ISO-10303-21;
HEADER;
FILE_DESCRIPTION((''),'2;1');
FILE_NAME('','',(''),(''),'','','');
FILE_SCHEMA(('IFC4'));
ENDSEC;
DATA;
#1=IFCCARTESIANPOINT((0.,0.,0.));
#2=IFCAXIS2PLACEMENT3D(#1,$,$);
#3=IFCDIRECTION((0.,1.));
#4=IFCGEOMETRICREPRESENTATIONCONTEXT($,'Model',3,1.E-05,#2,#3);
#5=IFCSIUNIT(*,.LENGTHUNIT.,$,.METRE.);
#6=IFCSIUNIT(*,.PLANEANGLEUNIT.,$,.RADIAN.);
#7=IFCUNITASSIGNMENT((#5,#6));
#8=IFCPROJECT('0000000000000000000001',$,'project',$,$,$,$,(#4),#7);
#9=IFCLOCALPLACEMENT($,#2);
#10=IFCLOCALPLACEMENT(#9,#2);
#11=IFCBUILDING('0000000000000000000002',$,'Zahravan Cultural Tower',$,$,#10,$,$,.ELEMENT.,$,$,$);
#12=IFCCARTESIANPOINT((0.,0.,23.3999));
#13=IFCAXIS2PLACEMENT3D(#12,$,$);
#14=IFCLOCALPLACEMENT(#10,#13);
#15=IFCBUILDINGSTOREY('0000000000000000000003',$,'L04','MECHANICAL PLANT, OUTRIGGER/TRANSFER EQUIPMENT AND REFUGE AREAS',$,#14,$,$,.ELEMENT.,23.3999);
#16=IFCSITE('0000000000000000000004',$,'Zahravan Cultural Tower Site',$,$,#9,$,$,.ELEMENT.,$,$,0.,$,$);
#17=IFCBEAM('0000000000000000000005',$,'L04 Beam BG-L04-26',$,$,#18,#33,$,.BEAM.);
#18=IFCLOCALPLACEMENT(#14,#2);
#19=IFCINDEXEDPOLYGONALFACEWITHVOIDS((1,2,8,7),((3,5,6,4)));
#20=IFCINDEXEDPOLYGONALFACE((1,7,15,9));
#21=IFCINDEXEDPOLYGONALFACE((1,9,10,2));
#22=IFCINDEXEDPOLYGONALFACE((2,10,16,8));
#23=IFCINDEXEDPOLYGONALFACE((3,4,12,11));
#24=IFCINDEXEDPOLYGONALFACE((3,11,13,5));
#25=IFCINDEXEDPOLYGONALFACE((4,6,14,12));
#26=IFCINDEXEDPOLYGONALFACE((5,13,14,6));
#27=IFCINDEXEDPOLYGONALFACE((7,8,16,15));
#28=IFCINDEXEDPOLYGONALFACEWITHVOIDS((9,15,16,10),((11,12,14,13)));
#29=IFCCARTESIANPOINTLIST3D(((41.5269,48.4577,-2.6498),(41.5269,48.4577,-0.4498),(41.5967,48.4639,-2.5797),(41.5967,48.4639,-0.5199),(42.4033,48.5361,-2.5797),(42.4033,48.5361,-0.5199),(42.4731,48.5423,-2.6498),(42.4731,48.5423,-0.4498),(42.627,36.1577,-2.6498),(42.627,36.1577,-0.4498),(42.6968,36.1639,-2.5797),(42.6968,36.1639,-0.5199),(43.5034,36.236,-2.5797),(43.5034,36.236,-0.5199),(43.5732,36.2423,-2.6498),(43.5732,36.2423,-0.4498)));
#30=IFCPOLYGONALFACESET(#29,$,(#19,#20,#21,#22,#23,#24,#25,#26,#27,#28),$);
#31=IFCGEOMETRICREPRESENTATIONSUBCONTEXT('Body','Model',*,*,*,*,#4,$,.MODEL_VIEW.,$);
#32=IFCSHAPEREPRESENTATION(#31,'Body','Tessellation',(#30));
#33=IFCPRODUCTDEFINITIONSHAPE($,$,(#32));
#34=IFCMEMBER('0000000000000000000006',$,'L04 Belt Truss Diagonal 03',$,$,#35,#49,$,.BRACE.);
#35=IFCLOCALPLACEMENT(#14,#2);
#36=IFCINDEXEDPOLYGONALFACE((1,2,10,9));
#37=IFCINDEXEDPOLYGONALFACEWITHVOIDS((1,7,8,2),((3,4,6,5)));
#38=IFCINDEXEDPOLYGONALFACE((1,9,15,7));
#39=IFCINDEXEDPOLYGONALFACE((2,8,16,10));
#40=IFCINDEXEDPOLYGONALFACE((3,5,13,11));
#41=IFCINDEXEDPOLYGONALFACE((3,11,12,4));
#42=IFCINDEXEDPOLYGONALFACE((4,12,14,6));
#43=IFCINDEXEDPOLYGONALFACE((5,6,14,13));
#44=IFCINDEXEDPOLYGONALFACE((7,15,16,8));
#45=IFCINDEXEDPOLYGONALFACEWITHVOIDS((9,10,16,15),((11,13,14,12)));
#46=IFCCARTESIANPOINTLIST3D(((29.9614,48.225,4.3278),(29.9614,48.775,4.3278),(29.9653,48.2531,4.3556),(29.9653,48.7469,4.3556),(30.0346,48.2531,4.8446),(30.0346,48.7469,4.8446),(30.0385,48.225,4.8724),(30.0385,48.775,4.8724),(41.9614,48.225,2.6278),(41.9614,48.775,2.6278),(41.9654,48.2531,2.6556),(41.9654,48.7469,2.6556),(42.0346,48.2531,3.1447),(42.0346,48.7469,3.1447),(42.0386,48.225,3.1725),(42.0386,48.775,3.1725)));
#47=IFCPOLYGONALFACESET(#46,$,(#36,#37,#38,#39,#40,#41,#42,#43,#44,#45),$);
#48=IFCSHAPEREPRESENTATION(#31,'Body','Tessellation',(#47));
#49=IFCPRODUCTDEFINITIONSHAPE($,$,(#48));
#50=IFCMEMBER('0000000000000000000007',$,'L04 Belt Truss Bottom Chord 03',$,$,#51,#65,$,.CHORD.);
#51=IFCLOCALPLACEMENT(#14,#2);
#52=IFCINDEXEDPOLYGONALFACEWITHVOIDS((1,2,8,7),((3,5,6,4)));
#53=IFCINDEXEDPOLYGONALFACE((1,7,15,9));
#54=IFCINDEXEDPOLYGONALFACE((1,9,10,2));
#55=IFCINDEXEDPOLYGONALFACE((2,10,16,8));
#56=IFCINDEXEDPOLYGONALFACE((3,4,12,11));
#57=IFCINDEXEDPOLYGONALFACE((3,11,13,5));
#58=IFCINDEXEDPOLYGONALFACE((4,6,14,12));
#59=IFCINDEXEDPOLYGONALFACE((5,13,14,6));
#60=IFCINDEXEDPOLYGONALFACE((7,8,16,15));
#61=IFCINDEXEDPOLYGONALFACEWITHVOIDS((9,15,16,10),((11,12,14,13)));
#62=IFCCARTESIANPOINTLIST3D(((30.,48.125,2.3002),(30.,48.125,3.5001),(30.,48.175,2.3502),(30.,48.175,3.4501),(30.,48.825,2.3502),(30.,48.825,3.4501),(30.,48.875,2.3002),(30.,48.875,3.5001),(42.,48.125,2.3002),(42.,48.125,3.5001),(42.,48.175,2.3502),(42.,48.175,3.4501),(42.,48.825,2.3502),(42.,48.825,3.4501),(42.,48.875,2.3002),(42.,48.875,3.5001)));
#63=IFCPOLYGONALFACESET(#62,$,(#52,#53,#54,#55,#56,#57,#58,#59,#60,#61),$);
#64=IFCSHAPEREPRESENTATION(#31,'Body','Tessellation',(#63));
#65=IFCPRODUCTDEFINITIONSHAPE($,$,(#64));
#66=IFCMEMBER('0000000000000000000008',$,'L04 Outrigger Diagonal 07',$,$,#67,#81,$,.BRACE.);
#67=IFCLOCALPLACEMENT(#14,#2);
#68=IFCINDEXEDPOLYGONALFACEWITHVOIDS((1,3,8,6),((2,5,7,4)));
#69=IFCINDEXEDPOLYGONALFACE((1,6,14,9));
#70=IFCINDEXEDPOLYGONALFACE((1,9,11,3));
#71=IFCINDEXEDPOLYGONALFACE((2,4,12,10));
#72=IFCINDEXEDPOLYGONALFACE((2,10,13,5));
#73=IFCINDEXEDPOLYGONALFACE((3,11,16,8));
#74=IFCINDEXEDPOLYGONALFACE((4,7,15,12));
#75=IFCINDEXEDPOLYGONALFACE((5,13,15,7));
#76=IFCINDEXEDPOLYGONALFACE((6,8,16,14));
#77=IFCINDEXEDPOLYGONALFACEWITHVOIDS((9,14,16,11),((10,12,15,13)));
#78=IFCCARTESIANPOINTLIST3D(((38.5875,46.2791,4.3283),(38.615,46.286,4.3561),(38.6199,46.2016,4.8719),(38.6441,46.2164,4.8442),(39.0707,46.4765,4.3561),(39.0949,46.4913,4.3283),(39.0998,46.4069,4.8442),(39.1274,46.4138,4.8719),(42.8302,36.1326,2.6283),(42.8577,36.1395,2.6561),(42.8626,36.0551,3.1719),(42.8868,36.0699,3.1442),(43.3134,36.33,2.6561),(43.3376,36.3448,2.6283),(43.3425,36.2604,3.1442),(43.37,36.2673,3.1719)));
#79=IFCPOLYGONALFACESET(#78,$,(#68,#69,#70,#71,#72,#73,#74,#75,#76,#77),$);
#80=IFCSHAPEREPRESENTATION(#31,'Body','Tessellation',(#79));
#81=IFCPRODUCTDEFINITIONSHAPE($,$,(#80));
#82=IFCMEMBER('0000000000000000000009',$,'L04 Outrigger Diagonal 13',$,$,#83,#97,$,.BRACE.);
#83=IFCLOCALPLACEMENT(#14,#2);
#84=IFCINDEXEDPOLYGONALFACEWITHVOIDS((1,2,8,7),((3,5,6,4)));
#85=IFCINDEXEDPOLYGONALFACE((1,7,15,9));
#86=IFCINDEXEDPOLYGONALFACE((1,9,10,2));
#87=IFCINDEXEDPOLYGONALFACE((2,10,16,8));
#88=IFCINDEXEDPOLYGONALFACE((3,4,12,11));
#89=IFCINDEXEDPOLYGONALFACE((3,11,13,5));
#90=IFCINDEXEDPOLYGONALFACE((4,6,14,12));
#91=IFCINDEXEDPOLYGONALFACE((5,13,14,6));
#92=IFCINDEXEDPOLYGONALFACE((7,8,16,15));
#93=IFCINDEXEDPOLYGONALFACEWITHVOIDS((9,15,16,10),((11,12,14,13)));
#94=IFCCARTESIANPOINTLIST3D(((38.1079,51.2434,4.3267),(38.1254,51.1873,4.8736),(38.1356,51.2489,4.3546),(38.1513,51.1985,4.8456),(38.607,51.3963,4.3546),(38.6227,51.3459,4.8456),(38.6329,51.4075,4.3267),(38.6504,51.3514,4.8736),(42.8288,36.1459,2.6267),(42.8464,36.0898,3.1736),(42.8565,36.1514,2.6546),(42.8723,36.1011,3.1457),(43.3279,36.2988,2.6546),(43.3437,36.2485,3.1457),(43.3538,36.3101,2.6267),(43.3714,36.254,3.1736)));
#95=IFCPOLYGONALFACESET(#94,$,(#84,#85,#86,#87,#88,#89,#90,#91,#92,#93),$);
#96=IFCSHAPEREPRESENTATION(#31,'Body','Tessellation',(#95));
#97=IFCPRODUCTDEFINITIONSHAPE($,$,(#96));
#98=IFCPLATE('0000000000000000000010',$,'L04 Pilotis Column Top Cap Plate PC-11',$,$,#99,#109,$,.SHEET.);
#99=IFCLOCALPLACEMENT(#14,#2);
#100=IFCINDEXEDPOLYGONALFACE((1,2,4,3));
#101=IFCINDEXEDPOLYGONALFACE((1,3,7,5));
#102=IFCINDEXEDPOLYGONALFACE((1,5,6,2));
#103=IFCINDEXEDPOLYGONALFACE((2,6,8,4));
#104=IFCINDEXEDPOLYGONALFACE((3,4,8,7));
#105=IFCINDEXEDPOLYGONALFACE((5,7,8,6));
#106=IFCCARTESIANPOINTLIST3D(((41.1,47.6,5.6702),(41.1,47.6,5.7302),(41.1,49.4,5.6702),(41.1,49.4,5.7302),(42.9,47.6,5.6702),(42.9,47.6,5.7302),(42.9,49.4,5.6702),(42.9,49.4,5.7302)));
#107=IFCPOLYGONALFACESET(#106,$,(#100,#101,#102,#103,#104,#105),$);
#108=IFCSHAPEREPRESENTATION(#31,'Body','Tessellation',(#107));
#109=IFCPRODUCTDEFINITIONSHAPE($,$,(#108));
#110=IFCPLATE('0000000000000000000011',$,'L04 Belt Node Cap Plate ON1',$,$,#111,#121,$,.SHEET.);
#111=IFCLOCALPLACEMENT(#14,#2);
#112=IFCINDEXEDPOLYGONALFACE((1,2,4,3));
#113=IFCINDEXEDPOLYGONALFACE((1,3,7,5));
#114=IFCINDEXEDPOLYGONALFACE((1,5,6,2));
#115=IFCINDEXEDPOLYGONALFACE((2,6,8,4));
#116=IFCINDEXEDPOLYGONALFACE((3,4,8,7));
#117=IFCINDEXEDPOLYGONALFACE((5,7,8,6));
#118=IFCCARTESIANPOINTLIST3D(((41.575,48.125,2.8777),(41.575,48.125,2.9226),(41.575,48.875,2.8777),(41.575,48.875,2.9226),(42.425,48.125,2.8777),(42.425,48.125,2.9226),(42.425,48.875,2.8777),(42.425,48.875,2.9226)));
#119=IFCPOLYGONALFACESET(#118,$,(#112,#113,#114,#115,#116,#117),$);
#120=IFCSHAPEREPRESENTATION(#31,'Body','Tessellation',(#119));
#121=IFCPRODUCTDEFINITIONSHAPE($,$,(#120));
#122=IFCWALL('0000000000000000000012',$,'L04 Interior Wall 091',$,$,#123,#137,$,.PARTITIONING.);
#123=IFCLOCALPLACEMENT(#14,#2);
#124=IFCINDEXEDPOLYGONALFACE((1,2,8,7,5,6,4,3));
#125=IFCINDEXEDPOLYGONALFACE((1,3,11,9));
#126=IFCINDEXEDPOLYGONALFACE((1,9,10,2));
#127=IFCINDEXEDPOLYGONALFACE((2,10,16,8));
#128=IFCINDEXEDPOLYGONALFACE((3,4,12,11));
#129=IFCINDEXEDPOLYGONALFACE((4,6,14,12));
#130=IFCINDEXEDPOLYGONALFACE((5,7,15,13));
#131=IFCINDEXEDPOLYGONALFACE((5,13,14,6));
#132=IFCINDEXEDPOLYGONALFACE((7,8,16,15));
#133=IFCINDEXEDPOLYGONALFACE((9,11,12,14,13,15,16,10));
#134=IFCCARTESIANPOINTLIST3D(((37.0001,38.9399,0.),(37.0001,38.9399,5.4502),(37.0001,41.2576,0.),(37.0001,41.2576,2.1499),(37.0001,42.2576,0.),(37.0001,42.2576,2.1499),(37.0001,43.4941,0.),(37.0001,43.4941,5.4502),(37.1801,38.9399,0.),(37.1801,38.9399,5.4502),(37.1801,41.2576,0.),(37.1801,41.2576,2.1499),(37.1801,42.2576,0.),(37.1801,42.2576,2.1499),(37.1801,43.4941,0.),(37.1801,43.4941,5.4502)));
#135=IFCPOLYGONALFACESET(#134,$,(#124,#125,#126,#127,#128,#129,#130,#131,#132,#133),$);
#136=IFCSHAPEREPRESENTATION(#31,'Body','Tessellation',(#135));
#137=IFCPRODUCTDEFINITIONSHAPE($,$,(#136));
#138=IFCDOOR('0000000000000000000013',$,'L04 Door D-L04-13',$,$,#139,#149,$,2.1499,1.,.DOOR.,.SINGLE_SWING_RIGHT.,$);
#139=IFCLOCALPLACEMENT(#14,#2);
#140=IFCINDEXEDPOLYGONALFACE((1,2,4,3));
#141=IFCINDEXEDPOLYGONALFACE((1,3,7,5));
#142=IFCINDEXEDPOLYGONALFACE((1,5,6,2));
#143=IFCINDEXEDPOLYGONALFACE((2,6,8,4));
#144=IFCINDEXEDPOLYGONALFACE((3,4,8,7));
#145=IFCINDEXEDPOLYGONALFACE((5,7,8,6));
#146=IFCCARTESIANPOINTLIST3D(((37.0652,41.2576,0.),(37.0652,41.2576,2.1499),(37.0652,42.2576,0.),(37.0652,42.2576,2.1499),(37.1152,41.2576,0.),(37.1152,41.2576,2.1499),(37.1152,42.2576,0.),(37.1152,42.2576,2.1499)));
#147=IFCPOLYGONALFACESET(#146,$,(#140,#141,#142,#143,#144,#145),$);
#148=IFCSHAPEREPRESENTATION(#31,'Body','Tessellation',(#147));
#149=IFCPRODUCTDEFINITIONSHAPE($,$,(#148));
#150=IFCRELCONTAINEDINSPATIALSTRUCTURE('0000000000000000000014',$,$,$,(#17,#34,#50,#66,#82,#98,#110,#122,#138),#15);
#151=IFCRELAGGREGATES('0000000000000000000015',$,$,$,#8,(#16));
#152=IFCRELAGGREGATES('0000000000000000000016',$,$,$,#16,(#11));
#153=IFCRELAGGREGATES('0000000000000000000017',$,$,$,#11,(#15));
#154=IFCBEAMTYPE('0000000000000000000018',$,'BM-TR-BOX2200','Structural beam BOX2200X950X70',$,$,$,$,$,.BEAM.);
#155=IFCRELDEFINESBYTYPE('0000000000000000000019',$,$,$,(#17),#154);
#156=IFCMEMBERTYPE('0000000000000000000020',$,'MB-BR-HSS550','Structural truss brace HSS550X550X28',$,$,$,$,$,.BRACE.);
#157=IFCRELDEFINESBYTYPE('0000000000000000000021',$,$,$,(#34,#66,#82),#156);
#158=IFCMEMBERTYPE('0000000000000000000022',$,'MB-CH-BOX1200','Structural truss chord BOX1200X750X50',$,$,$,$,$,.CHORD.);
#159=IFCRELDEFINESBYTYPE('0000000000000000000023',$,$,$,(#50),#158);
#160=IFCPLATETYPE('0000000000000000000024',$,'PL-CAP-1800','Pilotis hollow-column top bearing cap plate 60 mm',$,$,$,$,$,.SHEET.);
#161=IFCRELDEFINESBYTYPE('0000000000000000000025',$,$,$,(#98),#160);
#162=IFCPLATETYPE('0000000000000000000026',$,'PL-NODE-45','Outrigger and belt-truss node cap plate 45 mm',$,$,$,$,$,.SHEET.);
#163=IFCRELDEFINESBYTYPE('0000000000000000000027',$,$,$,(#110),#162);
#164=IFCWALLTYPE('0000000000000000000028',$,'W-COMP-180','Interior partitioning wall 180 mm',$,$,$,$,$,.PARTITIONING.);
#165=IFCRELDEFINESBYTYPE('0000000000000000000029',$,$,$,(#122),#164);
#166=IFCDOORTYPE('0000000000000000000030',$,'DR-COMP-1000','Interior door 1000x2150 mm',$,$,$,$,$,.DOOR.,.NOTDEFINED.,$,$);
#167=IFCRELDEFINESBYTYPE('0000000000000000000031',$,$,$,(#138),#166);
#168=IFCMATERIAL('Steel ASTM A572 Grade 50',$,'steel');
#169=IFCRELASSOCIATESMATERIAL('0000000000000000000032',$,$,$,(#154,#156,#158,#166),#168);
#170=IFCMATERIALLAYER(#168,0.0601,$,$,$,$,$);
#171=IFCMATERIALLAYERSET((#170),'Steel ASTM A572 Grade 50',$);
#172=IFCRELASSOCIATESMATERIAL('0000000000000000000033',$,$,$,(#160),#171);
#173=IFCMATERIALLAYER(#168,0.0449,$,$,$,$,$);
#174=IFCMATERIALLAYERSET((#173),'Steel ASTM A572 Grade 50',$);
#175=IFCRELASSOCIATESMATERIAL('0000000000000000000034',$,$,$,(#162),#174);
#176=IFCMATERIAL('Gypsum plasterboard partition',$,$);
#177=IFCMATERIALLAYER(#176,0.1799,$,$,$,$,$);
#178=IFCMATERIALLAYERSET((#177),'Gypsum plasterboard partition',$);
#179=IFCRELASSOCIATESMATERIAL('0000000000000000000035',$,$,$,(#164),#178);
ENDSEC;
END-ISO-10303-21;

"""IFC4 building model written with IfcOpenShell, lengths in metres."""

from ifc_helpers import new_model, si_unit, direction, frame, frame_2d, origin, origin_2d, place, context, subcontext, project, spatial, rectangle, hollow_rectangle, extrude, source, transform, mapped, material, layer, layer_set, material_profile, profile_set, type_object, element, fill, save


model = new_model("IFC4")

# Units and contexts
model_context = context("Model", 3, precision=1e-05, world=origin(), true_north=direction((0.0, 1.0)))
body_context = subcontext(model_context, "Body", "Model", "MODEL_VIEW")
ifc_project = project(units=[si_unit("LENGTHUNIT", "METRE"), si_unit("PLANEANGLEUNIT", "RADIAN")], contexts=[model_context])

# Site, building, storey
site_placement = place(None, origin())
site = spatial("IfcSite", under=ifc_project, at=site_placement, Name="Zahravan Cultural Tower Site", CompositionType="ELEMENT", RefElevation=0.0)
building_placement = place(site_placement, origin())
building = spatial("IfcBuilding", under=site, at=building_placement, Name="Zahravan Cultural Tower", CompositionType="ELEMENT")
storey_placement = place(building_placement, frame((0.0, 0.0, 23.3999)))
storey = spatial("IfcBuildingStorey", under=building, at=storey_placement, Name="L04", Description="MECHANICAL PLANT, OUTRIGGER/TRANSFER EQUIPMENT AND REFUGE AREAS", CompositionType="ELEMENT", Elevation=23.3999)

# Shared definitions
ifc_material_1 = material(Name="Steel ASTM A572 Grade 50", Category="steel")

# Beam
ifc_material_profile_1 = material_profile(ifc_material_1, hollow_rectangle(XDim=0.95, YDim=2.2, WallThickness=0.0701, at=origin_2d()), Name="BOX2200X950X70")
ifc_profile_set_1 = profile_set([ifc_material_profile_1], Name="Steel ASTM A572 Grade 50")
beam_type_1 = type_object("IfcBeamType", Name="BM-TR-BOX2200", Description="Structural beam BOX2200X950X70", PredefinedType="BEAM", material=ifc_profile_set_1)
shared_shape_1 = source(origin(), body_context, "Body", "SweptSolid", [
    extrude(hollow_rectangle(XDim=0.95, YDim=2.2, WallThickness=0.0701, at=origin_2d()), origin(), (0.0, 0.0, 1.0), 12.3491),
])
beam_1_placement = place(storey_placement, frame((42.0, 48.5, -1.5498), z_axis=(0.089083, -0.996024, 0.0), x_axis=(0.996024, 0.089083, 0.0)))
element("IfcBeam", 1, at=beam_1_placement, inside=storey, type_object=beam_type_1, Name="L04 Beam BG-L04-26", PredefinedType="BEAM", context=body_context, shape_type="MappedRepresentation", body=[
    mapped(shared_shape_1, transform((0.0, 0.0, 0.0), x_axis=(1.0, 0.0, 0.0), y_axis=(0.0, 1.0, 0.0), z_axis=(0.0, 0.0, 1.0), scale=1.0)),
])

# Members
ifc_material_profile_2 = material_profile(ifc_material_1, hollow_rectangle(XDim=0.55, YDim=0.55, WallThickness=0.0281, at=origin_2d()), Name="HSS550X550X28")
ifc_profile_set_2 = profile_set([ifc_material_profile_2], Name="Steel ASTM A572 Grade 50")
member_type_1 = type_object("IfcMemberType", Name="MB-BR-HSS550", Description="Structural truss brace HSS550X550X28", PredefinedType="BRACE", material=ifc_profile_set_2)
shared_shape_2 = source(origin(), body_context, "Body", "SweptSolid", [
    extrude(hollow_rectangle(XDim=0.55, YDim=0.55, WallThickness=0.0281, at=origin_2d()), origin(), (0.0, 0.0, 1.0), 12.1199),
])
member_1_placement = place(storey_placement, frame((42.0, 48.5, 2.9001), z_axis=(-0.990114, 0.0, 0.140262), x_axis=(0.0, -1.0, 0.0)))
element("IfcMember", 2, at=member_1_placement, inside=storey, type_object=member_type_1, Name="L04 Belt Truss Diagonal 03", PredefinedType="BRACE", context=body_context, shape_type="MappedRepresentation", body=[
    mapped(shared_shape_2, transform((0.0, 0.0, 0.0), x_axis=(1.0, 0.0, 0.0), y_axis=(0.0, 1.0, 0.0), z_axis=(0.0, 0.0, 1.0), scale=1.0)),
])
ifc_material_profile_3 = material_profile(ifc_material_1, hollow_rectangle(XDim=0.75, YDim=1.2, WallThickness=0.05, at=origin_2d()), Name="BOX1200X750X50")
ifc_profile_set_3 = profile_set([ifc_material_profile_3], Name="Steel ASTM A572 Grade 50")
member_type_2 = type_object("IfcMemberType", Name="MB-CH-BOX1200", Description="Structural truss chord BOX1200X750X50", PredefinedType="CHORD", material=ifc_profile_set_3)
shared_shape_3 = source(origin(), body_context, "Body", "SweptSolid", [
    extrude(hollow_rectangle(XDim=0.75, YDim=1.2, WallThickness=0.05, at=origin_2d()), origin(), (0.0, 0.0, 1.0), 12.0),
])
member_2_placement = place(storey_placement, frame((42.0, 48.5, 2.9001), z_axis=(-1.0, 0.0, 0.0), x_axis=(0.0, -1.0, 0.0)))
element("IfcMember", 3, at=member_2_placement, inside=storey, type_object=member_type_2, Name="L04 Belt Truss Bottom Chord 03", PredefinedType="CHORD", context=body_context, shape_type="MappedRepresentation", body=[
    mapped(shared_shape_3, transform((0.0, 0.0, 0.0), x_axis=(1.0, 0.0, 0.0), y_axis=(0.0, 1.0, 0.0), z_axis=(0.0, 0.0, 1.0), scale=1.0)),
])
shared_shape_4 = source(origin(), body_context, "Body", "SweptSolid", [
    extrude(hollow_rectangle(XDim=0.55, YDim=0.55, WallThickness=0.0281, at=origin_2d()), origin(), (0.0, 0.0, 1.0), 11.1284),
])
member_3_placement = place(storey_placement, frame((43.1001, 36.2, 2.9001), z_axis=(-0.381248, 0.911765, 0.152758), x_axis=(-0.922593, -0.385775, 0.0)))
element("IfcMember", 4, at=member_3_placement, inside=storey, type_object=member_type_1, Name="L04 Outrigger Diagonal 07", PredefinedType="BRACE", context=body_context, shape_type="MappedRepresentation", body=[
    mapped(shared_shape_4, transform((0.0, 0.0, 0.0), x_axis=(1.0, 0.0, 0.0), y_axis=(0.0, 1.0, 0.0), z_axis=(0.0, 0.0, 1.0), scale=1.0)),
])
shared_shape_5 = source(origin(), body_context, "Body", "SweptSolid", [
    extrude(hollow_rectangle(XDim=0.55, YDim=0.55, WallThickness=0.0281, at=origin_2d()), origin(), (0.0, 0.0, 1.0), 15.9094),
])
member_4_placement = place(storey_placement, frame((43.1001, 36.2, 2.9001), z_axis=(-0.296739, 0.948962, 0.106852), x_axis=(-0.954426, -0.298448, 0.0)))
element("IfcMember", 5, at=member_4_placement, inside=storey, type_object=member_type_1, Name="L04 Outrigger Diagonal 13", PredefinedType="BRACE", context=body_context, shape_type="MappedRepresentation", body=[
    mapped(shared_shape_5, transform((0.0, 0.0, 0.0), x_axis=(1.0, 0.0, 0.0), y_axis=(0.0, 1.0, 0.0), z_axis=(0.0, 0.0, 1.0), scale=1.0)),
])

# Plates
ifc_layer_1 = layer(ifc_material_1, 0.0601)
ifc_layer_set_1 = layer_set([ifc_layer_1], Name="Steel ASTM A572 Grade 50")
plate_type_1 = type_object("IfcPlateType", Name="PL-CAP-1800", Description="Pilotis hollow-column top bearing cap plate 60 mm", PredefinedType="SHEET", material=ifc_layer_set_1)
shared_shape_6 = source(origin(), body_context, "Body", "SweptSolid", [
    extrude(rectangle(XDim=1.8, YDim=1.8, at=origin_2d()), origin(), (0.0, 0.0, 1.0), 0.0601),
])
plate_1_placement = place(storey_placement, frame((42.0, 48.5, 5.6702), z_axis=(0.0, 0.0, 1.0), x_axis=(1.0, 0.0, 0.0)))
element("IfcPlate", 6, at=plate_1_placement, inside=storey, type_object=plate_type_1, Name="L04 Pilotis Column Top Cap Plate PC-11", PredefinedType="SHEET", context=body_context, shape_type="MappedRepresentation", body=[
    mapped(shared_shape_6, transform((0.0, 0.0, 0.0), x_axis=(1.0, 0.0, 0.0), y_axis=(0.0, 1.0, 0.0), z_axis=(0.0, 0.0, 1.0), scale=1.0)),
])
ifc_layer_2 = layer(ifc_material_1, 0.0449)
ifc_layer_set_2 = layer_set([ifc_layer_2], Name="Steel ASTM A572 Grade 50")
plate_type_2 = type_object("IfcPlateType", Name="PL-NODE-45", Description="Outrigger and belt-truss node cap plate 45 mm", PredefinedType="SHEET", material=ifc_layer_set_2)
shared_shape_7 = source(origin(), body_context, "Body", "SweptSolid", [
    extrude(rectangle(XDim=0.8501, YDim=0.75, at=origin_2d()), origin(), (0.0, 0.0, 1.0), 0.0449),
])
plate_2_placement = place(storey_placement, frame((42.0, 48.5, 2.8777), z_axis=(0.0, 0.0, 1.0), x_axis=(1.0, 0.0, 0.0)))
element("IfcPlate", 7, at=plate_2_placement, inside=storey, type_object=plate_type_2, Name="L04 Belt Node Cap Plate ON1", PredefinedType="SHEET", context=body_context, shape_type="MappedRepresentation", body=[
    mapped(shared_shape_7, transform((0.0, 0.0, 0.0), x_axis=(1.0, 0.0, 0.0), y_axis=(0.0, 1.0, 0.0), z_axis=(0.0, 0.0, 1.0), scale=1.0)),
])

# Wall, opening, door
ifc_material_2 = material(Name="Gypsum plasterboard partition")
ifc_layer_3 = layer(ifc_material_2, 0.1799)
ifc_layer_set_3 = layer_set([ifc_layer_3], Name="Gypsum plasterboard partition")
wall_type_1 = type_object("IfcWallType", Name="W-COMP-180", Description="Interior partitioning wall 180 mm", PredefinedType="PARTITIONING", material=ifc_layer_set_3)
wall_1_placement = place(storey_placement, frame((37.0901, 38.9399, 0.0), z_axis=(0.0, 0.0, 1.0), x_axis=(0.0, 1.0, 0.0)))
wall_1 = element("IfcWall", 8, at=wall_1_placement, inside=storey, type_object=wall_type_1, Name="L04 Interior Wall 091", PredefinedType="PARTITIONING", context=body_context, shape_type="SweptSolid", body=[
    extrude(rectangle(XDim=4.5542, YDim=0.1799, at=frame_2d((2.2771, 0.0))), origin(), (0.0, 0.0, 1.0), 5.4502),
])
opening_placement = place(wall_1_placement, frame((2.3176, 0.0, 0.0)))
opening = element("IfcOpeningElement", 9, at=opening_placement, cuts=wall_1, PredefinedType="OPENING", context=body_context, shape_type="SweptSolid", body=[
    extrude(rectangle(XDim=1.0, YDim=2.1499, at=frame_2d((0.5, 1.075))), frame((0.0, 0.0999, 0.0), z_axis=(0.0, -1.0, 0.0), x_axis=(1.0, 0.0, 0.0)), (0.0, 0.0, 1.0), 0.2),
])
door_type = type_object("IfcDoorType", Name="DR-COMP-1000", Description="Interior door 1000x2150 mm", OperationType="NOTDEFINED", PredefinedType="DOOR", material=ifc_material_1)
shared_shape_8 = source(origin(), body_context, "Body", "SweptSolid", [
    extrude(rectangle(XDim=1.0, YDim=2.1499, at=frame_2d((0.5, 1.075))), frame((0.0, 0.0249, 0.0), z_axis=(0.0, -1.0, 0.0), x_axis=(1.0, 0.0, 0.0)), (0.0, 0.0, 1.0), 0.05),
])
door_placement = place(opening_placement, origin())
door = element("IfcDoor", 10, at=door_placement, inside=storey, type_object=door_type, Name="L04 Door D-L04-13", OperationType="SINGLE_SWING_RIGHT", OverallHeight=2.1499, OverallWidth=1.0, PredefinedType="DOOR", context=body_context, shape_type="MappedRepresentation", body=[
    mapped(shared_shape_8, transform((0.0, 0.0, 0.0), x_axis=(1.0, 0.0, 0.0), y_axis=(0.0, 1.0, 0.0), z_axis=(0.0, 0.0, 1.0), scale=1.0)),
])
fill(opening, door)

save(model, "model.ifc")
